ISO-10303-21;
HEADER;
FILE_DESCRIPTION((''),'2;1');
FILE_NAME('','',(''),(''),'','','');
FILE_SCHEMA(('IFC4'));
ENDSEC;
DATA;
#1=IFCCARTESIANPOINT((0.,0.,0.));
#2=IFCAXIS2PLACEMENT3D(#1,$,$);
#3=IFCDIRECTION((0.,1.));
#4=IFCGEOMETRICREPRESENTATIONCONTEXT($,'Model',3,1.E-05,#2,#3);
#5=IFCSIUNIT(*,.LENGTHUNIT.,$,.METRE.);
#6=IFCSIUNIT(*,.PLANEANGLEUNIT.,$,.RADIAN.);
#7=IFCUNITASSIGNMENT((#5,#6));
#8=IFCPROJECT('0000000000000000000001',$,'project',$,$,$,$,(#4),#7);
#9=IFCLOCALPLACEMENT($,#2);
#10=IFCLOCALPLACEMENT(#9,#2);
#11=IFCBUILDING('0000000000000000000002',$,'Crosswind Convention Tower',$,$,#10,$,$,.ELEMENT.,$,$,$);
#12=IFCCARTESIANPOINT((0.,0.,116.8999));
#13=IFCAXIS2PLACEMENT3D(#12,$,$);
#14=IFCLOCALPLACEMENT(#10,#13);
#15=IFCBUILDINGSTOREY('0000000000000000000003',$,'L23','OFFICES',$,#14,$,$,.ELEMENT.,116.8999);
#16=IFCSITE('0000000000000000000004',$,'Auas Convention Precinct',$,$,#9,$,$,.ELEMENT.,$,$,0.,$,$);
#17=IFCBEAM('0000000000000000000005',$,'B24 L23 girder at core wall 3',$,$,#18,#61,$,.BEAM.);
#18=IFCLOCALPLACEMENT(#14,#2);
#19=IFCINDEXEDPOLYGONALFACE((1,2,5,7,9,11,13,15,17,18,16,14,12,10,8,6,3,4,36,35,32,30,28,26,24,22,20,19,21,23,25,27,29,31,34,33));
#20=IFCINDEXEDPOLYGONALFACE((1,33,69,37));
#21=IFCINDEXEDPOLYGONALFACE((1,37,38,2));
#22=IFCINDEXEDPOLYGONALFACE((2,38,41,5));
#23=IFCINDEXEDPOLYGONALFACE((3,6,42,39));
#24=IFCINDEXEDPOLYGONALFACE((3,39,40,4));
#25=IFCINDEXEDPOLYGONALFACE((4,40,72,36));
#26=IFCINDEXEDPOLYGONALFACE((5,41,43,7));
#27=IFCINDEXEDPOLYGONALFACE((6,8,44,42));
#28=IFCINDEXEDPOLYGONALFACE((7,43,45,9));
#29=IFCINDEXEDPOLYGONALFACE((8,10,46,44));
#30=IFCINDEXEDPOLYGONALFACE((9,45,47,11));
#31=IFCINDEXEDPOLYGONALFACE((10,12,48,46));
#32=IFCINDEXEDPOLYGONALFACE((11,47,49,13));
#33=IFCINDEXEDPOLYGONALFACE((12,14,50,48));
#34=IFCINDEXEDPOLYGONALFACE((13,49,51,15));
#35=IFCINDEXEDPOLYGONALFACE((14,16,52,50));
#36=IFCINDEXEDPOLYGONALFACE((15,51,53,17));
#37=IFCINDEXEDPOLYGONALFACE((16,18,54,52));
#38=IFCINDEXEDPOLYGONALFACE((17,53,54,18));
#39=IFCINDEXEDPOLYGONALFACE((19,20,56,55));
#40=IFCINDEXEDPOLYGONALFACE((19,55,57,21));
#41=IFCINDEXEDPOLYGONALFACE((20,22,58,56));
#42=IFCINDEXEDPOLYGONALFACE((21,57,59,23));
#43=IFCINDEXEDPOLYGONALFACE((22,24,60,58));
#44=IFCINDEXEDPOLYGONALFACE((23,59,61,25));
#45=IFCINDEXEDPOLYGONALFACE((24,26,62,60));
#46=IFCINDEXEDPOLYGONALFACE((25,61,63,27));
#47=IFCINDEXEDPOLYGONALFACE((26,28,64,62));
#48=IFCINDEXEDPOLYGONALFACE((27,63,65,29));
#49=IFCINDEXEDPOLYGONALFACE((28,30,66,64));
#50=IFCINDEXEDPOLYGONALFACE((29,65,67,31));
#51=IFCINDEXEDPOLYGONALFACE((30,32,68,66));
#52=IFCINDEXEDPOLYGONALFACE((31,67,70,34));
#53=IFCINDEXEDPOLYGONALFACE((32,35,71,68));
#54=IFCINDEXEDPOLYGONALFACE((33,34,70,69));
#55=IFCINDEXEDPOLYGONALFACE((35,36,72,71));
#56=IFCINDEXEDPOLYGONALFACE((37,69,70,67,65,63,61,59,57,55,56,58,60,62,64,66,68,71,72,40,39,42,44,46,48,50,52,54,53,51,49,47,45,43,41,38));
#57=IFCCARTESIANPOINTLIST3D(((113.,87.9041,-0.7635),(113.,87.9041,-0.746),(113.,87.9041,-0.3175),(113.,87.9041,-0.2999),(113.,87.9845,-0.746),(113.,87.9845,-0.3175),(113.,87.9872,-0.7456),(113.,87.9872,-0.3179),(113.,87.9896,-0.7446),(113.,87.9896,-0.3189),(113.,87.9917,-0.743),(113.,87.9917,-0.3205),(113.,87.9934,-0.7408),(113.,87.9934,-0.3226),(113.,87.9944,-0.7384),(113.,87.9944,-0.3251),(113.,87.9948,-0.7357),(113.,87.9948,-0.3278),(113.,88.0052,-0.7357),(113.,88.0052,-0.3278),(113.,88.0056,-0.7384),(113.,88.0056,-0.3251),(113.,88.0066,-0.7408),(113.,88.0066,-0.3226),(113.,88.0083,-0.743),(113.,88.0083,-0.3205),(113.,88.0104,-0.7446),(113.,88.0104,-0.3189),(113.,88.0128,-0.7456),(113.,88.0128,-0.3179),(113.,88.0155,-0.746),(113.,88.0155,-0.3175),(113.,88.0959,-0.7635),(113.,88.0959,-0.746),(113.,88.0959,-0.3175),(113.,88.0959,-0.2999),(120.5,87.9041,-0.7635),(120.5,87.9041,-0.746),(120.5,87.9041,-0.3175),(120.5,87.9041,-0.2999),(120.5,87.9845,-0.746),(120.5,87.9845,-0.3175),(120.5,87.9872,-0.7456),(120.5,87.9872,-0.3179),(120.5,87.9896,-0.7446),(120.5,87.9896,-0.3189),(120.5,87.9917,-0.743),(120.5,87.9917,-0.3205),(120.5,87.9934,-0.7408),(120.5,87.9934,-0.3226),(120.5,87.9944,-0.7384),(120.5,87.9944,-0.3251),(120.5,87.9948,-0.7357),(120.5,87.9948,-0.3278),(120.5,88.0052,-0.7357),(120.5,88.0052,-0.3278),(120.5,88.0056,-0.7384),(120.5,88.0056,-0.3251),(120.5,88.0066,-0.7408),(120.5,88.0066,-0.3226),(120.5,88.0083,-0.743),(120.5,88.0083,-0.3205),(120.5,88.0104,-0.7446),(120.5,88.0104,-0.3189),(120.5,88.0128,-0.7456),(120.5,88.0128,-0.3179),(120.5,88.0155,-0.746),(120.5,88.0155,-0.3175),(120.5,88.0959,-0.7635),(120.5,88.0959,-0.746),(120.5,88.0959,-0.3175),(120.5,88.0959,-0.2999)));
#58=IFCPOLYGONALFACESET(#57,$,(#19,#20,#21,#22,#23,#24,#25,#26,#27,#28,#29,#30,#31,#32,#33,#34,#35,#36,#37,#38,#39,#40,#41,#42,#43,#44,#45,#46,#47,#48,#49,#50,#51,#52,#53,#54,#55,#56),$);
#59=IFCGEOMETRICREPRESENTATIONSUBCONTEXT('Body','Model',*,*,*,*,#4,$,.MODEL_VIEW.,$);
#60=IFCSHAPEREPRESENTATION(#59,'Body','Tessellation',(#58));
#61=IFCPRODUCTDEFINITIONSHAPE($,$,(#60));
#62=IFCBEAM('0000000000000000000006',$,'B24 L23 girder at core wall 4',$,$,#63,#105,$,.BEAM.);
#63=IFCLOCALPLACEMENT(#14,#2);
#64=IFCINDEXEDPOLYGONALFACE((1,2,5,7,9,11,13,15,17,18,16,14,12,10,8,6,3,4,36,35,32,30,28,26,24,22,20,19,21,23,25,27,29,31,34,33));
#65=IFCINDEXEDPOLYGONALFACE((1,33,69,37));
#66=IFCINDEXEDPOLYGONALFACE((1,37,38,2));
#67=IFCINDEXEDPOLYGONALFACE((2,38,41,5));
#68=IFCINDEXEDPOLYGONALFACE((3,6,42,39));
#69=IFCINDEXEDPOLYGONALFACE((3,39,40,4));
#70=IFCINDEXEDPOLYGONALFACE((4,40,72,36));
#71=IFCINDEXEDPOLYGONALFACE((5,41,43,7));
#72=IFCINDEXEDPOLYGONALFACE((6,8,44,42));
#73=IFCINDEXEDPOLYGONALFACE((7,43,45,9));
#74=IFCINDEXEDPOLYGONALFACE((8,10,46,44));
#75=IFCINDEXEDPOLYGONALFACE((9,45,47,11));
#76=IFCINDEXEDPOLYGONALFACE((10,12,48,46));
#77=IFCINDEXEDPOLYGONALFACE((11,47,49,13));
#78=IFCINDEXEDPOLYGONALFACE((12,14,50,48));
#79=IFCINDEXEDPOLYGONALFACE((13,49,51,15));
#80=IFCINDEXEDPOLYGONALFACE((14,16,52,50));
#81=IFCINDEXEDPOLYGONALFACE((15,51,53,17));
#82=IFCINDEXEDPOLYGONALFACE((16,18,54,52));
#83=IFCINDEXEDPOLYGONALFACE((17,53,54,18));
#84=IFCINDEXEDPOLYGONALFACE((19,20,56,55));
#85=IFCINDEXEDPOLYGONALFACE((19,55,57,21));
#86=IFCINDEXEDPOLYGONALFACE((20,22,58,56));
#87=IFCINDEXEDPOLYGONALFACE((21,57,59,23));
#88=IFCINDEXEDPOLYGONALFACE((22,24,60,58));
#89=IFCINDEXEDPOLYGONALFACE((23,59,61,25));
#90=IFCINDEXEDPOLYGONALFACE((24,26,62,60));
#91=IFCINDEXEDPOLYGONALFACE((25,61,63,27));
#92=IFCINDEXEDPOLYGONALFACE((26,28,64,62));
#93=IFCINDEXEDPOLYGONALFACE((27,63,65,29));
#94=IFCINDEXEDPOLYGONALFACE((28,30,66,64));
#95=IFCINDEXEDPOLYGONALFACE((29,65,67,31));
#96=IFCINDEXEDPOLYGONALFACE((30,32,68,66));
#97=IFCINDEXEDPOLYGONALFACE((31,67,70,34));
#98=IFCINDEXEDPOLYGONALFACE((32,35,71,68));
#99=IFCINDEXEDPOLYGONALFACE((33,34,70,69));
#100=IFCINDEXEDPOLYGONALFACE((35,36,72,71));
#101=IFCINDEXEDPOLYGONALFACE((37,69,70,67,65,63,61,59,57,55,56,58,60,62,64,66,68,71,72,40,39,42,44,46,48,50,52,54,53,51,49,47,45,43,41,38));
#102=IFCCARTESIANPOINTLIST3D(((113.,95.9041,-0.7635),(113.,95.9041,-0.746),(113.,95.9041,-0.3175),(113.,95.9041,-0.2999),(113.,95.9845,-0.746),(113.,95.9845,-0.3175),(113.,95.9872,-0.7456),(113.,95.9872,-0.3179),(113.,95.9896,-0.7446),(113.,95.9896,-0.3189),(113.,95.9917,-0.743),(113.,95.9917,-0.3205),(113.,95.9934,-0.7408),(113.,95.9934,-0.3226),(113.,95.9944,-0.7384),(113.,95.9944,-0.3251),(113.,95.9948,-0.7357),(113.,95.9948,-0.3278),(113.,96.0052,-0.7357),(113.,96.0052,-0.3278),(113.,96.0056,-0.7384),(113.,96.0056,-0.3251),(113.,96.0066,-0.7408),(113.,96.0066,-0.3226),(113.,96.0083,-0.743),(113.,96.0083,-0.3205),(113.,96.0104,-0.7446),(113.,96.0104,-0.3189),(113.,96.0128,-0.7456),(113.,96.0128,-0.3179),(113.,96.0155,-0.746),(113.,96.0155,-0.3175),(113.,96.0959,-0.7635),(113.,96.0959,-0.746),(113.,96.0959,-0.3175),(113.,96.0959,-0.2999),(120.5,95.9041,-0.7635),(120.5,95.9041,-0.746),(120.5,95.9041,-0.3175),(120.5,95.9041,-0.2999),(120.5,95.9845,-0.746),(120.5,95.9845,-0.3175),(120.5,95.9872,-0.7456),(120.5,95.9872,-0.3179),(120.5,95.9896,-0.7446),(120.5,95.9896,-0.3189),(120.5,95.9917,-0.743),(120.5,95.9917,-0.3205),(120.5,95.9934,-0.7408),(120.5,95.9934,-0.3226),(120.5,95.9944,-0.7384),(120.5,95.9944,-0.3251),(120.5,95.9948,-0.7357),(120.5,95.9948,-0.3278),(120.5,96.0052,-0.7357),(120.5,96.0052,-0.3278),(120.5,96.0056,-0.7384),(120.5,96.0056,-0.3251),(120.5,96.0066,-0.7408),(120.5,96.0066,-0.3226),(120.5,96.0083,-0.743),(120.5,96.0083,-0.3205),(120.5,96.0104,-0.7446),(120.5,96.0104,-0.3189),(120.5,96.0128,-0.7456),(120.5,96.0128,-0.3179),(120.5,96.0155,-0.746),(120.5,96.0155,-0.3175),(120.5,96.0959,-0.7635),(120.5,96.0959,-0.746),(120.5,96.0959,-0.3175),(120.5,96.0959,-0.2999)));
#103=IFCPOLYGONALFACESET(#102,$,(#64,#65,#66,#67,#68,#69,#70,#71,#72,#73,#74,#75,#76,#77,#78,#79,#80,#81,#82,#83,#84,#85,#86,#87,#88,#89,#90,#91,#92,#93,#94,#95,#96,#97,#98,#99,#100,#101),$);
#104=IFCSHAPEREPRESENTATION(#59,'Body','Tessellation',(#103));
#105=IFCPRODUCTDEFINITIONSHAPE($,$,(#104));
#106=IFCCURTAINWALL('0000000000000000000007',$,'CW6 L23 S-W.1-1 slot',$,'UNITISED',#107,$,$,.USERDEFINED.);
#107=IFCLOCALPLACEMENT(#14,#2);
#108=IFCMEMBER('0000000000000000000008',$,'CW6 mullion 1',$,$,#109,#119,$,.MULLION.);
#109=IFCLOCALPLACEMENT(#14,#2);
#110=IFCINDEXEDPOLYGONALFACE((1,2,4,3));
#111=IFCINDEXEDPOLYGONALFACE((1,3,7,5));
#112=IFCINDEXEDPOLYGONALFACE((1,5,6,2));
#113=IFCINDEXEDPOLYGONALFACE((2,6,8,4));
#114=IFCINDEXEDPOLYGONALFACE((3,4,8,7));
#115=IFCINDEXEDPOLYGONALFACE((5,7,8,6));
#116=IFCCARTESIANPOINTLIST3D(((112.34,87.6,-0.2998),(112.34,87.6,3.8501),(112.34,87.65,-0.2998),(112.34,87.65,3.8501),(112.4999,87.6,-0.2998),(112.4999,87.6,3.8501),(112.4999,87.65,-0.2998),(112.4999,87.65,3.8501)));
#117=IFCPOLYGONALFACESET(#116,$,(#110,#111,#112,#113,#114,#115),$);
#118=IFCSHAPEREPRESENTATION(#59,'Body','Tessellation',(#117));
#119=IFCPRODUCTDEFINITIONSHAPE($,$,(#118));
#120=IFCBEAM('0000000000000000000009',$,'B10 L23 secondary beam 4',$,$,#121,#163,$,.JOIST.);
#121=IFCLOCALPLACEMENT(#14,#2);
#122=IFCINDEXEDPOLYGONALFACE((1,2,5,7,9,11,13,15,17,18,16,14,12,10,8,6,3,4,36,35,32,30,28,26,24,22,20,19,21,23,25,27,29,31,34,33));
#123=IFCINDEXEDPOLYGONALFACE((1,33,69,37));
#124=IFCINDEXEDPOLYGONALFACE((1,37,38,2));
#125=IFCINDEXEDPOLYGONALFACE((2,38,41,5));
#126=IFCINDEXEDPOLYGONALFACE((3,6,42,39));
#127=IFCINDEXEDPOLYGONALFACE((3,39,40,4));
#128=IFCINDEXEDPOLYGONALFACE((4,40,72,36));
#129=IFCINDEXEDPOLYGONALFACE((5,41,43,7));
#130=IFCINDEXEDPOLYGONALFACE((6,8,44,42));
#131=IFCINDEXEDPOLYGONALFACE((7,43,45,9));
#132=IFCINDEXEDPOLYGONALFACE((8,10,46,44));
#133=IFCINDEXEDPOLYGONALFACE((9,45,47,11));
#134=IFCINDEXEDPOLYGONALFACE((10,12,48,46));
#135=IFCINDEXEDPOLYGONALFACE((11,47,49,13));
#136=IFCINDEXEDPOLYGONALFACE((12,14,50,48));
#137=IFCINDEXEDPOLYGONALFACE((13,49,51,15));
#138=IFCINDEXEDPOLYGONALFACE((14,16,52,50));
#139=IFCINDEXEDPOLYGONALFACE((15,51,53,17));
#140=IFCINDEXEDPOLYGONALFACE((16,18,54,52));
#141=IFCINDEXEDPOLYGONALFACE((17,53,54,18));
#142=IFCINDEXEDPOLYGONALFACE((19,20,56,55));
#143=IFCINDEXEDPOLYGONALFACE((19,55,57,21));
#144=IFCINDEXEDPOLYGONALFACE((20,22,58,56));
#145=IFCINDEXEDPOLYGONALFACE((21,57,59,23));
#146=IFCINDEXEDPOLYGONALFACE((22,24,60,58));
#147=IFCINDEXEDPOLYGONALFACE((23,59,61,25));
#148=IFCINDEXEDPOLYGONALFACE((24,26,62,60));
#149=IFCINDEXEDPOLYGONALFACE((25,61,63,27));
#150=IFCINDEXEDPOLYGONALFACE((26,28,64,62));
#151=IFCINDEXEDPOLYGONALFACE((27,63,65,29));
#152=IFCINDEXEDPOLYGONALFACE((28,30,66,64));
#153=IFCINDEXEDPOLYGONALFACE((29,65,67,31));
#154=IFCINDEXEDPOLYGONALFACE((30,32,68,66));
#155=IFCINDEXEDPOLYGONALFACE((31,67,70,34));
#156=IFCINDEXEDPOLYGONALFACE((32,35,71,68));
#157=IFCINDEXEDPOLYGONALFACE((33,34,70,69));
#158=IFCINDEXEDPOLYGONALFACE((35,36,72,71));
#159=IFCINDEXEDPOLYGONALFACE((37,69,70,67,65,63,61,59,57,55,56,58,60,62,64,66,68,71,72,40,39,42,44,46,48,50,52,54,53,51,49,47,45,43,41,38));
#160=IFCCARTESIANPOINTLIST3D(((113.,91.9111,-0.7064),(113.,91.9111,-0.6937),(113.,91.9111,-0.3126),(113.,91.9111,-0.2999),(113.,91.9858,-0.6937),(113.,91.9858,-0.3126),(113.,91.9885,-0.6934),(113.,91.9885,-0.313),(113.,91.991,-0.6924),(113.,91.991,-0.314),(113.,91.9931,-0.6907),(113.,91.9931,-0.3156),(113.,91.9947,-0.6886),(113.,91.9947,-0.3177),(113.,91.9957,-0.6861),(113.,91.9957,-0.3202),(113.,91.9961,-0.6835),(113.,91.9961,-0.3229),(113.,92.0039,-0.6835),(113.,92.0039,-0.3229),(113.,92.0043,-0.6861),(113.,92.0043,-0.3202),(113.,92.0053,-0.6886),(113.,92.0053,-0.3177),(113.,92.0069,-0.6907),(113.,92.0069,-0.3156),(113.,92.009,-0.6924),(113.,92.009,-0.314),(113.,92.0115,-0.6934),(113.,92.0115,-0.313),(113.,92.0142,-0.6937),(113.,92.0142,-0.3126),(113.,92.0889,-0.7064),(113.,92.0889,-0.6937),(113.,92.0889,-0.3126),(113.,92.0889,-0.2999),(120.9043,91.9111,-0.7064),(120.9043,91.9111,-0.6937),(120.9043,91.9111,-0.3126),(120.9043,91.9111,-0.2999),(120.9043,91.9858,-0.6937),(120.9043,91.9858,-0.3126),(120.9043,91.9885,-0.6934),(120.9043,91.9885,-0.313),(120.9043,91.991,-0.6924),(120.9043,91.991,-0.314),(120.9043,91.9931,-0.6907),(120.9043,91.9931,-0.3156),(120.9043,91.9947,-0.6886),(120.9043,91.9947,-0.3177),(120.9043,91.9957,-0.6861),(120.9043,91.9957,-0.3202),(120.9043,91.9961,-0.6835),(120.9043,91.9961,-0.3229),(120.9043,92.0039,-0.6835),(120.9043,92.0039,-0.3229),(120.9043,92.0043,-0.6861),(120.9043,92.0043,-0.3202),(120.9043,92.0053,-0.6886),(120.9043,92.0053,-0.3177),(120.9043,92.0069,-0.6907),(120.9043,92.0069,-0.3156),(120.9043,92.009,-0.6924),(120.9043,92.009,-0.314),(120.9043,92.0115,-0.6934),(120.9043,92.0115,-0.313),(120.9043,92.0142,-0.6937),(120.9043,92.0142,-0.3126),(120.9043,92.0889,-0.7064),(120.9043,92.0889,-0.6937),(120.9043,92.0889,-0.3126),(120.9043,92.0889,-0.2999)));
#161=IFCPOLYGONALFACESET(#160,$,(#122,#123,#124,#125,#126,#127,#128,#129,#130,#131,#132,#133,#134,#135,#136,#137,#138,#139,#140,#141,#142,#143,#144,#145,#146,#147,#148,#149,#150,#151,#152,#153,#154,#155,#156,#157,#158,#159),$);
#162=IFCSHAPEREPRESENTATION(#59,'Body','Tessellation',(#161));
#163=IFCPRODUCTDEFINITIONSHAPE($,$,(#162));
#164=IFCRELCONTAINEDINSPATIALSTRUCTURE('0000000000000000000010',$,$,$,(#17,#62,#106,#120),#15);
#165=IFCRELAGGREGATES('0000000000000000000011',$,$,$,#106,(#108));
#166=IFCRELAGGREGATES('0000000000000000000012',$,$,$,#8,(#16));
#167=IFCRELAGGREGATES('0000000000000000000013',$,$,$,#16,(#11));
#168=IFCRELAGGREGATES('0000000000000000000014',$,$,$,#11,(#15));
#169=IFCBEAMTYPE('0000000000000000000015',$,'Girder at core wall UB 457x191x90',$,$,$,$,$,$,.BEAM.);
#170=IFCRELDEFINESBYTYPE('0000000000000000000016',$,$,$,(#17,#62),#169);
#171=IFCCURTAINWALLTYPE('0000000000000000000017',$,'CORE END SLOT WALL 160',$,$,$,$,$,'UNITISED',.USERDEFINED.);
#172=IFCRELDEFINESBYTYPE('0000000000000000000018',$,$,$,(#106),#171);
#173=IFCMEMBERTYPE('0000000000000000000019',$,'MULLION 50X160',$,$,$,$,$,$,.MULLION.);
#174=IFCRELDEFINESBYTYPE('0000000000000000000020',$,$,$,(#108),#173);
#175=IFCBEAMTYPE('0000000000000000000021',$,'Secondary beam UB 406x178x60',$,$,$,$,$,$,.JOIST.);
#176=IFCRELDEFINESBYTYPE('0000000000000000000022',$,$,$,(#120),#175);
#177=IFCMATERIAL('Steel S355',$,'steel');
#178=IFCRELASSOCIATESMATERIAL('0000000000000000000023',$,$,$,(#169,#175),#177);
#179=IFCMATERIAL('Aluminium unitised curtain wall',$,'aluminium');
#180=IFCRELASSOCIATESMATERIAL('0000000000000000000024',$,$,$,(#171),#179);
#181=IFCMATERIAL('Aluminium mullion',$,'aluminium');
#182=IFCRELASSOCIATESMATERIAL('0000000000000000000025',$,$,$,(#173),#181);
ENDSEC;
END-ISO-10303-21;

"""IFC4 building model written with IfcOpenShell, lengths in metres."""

from ifc_helpers import new_model, si_unit, direction, frame, origin, origin_2d, place, context, subcontext, project, spatial, rectangle, i_section, extrude, material, material_profile, profile_set, type_object, element, aggregate, save


model = new_model("IFC4")

# Units and contexts
model_context = context("Model", 3, precision=1e-05, world=origin(), true_north=direction((0.0, 1.0)))
body_context = subcontext(model_context, "Body", "Model", "MODEL_VIEW")
ifc_project = project(units=[si_unit("LENGTHUNIT", "METRE"), si_unit("PLANEANGLEUNIT", "RADIAN")], contexts=[model_context])

# Site, building, storey
site_placement = place(None, origin())
site = spatial("IfcSite", under=ifc_project, at=site_placement, Name="Auas Convention Precinct", CompositionType="ELEMENT", RefElevation=0.0)
building_placement = place(site_placement, origin())
building = spatial("IfcBuilding", under=site, at=building_placement, Name="Crosswind Convention Tower", CompositionType="ELEMENT")
storey_placement = place(building_placement, frame((0.0, 0.0, 116.8999)))
storey = spatial("IfcBuildingStorey", under=building, at=storey_placement, Name="L23", Description="OFFICES", CompositionType="ELEMENT", Elevation=116.8999)

# Beams
ifc_material_1 = material(Name="Steel S355", Category="steel")
ifc_material_profile_1 = material_profile(ifc_material_1, i_section(OverallWidth=0.1919, OverallDepth=0.4636, WebThickness=0.0105, FlangeThickness=0.0176, FilletRadius=0.0103, at=origin_2d()), Name="UB 457x191x90")
ifc_profile_set_1 = profile_set([ifc_material_profile_1], Name="Steel S355")
beam_type_1 = type_object("IfcBeamType", Name="Girder at core wall UB 457x191x90", PredefinedType="BEAM", material=ifc_profile_set_1)
for number, where, z_axis, x_axis, name in (
    (1, (113.0, 88.0, -0.5317), (1.0, 0.0, 0.0), (0.0, 1.0, 0.0), "B24 L23 girder at core wall 3"),
    (2, (113.0, 96.0, -0.5317), (1.0, 0.0, 0.0), (0.0, 1.0, 0.0), "B24 L23 girder at core wall 4"),
):
    element("IfcBeam", number, at=place(storey_placement, frame(where, z_axis=z_axis, x_axis=x_axis)), inside=storey, type_object=beam_type_1, Name=name, PredefinedType="BEAM", context=body_context, shape_type="SweptSolid", body=[
        extrude(i_section(OverallWidth=0.1919, OverallDepth=0.4636, WebThickness=0.0105, FlangeThickness=0.0176, FilletRadius=0.0103, at=origin_2d()), origin(), (0.0, 0.0, 1.0), 7.5),
    ])

# Curtain wall, member
ifc_material_2 = material(Name="Aluminium unitised curtain wall", Category="aluminium")
curtain_wall_type = type_object("IfcCurtainWallType", Name="CORE END SLOT WALL 160", ElementType="UNITISED", PredefinedType="USERDEFINED", material=ifc_material_2)
curtain_wall_placement = place(storey_placement, origin())
curtain_wall = element("IfcCurtainWall", 3, at=curtain_wall_placement, inside=storey, type_object=curtain_wall_type, Name="CW6 L23 S-W.1-1 slot", ObjectType="UNITISED", PredefinedType="USERDEFINED")
ifc_material_3 = material(Name="Aluminium mullion", Category="aluminium")
ifc_material_profile_2 = material_profile(ifc_material_3, rectangle(XDim=0.1599, YDim=0.05, at=origin_2d()), Name="AL 160X50")
ifc_profile_set_2 = profile_set([ifc_material_profile_2], Name="Aluminium mullion")
member_type_1 = type_object("IfcMemberType", Name="MULLION 50X160", PredefinedType="MULLION", material=ifc_profile_set_2)
member_1_placement = place(storey_placement, frame((112.4199, 87.625, -0.2998), z_axis=(0.0, 0.0, 1.0), x_axis=(-1.0, 0.0, 0.0)))
member_1 = element("IfcMember", 4, at=member_1_placement, type_object=member_type_1, Name="CW6 mullion 1", PredefinedType="MULLION", context=body_context, shape_type="SweptSolid", body=[
    extrude(rectangle(XDim=0.1599, YDim=0.05, at=origin_2d()), origin(), (0.0, 0.0, 1.0), 4.1499),
])

# Beam
ifc_material_profile_3 = material_profile(ifc_material_1, i_section(OverallWidth=0.1777, OverallDepth=0.4065, WebThickness=0.0078, FlangeThickness=0.0127, FilletRadius=0.0103, at=origin_2d()), Name="UB 406x178x60")
ifc_profile_set_3 = profile_set([ifc_material_profile_3], Name="Steel S355")
beam_type_2 = type_object("IfcBeamType", Name="Secondary beam UB 406x178x60", PredefinedType="JOIST", material=ifc_profile_set_3)
beam_1_placement = place(storey_placement, frame((113.0, 92.0, -0.5032), z_axis=(1.0, 0.0, 0.0), x_axis=(0.0, 1.0, 0.0)))
element("IfcBeam", 5, at=beam_1_placement, inside=storey, type_object=beam_type_2, Name="B10 L23 secondary beam 4", PredefinedType="JOIST", context=body_context, shape_type="SweptSolid", body=[
    extrude(i_section(OverallWidth=0.1777, OverallDepth=0.4065, WebThickness=0.0078, FlangeThickness=0.0127, FilletRadius=0.0103, at=origin_2d()), origin(), (0.0, 0.0, 1.0), 7.9043),
])

aggregate(curtain_wall, [member_1])

save(model, "model.ifc")
